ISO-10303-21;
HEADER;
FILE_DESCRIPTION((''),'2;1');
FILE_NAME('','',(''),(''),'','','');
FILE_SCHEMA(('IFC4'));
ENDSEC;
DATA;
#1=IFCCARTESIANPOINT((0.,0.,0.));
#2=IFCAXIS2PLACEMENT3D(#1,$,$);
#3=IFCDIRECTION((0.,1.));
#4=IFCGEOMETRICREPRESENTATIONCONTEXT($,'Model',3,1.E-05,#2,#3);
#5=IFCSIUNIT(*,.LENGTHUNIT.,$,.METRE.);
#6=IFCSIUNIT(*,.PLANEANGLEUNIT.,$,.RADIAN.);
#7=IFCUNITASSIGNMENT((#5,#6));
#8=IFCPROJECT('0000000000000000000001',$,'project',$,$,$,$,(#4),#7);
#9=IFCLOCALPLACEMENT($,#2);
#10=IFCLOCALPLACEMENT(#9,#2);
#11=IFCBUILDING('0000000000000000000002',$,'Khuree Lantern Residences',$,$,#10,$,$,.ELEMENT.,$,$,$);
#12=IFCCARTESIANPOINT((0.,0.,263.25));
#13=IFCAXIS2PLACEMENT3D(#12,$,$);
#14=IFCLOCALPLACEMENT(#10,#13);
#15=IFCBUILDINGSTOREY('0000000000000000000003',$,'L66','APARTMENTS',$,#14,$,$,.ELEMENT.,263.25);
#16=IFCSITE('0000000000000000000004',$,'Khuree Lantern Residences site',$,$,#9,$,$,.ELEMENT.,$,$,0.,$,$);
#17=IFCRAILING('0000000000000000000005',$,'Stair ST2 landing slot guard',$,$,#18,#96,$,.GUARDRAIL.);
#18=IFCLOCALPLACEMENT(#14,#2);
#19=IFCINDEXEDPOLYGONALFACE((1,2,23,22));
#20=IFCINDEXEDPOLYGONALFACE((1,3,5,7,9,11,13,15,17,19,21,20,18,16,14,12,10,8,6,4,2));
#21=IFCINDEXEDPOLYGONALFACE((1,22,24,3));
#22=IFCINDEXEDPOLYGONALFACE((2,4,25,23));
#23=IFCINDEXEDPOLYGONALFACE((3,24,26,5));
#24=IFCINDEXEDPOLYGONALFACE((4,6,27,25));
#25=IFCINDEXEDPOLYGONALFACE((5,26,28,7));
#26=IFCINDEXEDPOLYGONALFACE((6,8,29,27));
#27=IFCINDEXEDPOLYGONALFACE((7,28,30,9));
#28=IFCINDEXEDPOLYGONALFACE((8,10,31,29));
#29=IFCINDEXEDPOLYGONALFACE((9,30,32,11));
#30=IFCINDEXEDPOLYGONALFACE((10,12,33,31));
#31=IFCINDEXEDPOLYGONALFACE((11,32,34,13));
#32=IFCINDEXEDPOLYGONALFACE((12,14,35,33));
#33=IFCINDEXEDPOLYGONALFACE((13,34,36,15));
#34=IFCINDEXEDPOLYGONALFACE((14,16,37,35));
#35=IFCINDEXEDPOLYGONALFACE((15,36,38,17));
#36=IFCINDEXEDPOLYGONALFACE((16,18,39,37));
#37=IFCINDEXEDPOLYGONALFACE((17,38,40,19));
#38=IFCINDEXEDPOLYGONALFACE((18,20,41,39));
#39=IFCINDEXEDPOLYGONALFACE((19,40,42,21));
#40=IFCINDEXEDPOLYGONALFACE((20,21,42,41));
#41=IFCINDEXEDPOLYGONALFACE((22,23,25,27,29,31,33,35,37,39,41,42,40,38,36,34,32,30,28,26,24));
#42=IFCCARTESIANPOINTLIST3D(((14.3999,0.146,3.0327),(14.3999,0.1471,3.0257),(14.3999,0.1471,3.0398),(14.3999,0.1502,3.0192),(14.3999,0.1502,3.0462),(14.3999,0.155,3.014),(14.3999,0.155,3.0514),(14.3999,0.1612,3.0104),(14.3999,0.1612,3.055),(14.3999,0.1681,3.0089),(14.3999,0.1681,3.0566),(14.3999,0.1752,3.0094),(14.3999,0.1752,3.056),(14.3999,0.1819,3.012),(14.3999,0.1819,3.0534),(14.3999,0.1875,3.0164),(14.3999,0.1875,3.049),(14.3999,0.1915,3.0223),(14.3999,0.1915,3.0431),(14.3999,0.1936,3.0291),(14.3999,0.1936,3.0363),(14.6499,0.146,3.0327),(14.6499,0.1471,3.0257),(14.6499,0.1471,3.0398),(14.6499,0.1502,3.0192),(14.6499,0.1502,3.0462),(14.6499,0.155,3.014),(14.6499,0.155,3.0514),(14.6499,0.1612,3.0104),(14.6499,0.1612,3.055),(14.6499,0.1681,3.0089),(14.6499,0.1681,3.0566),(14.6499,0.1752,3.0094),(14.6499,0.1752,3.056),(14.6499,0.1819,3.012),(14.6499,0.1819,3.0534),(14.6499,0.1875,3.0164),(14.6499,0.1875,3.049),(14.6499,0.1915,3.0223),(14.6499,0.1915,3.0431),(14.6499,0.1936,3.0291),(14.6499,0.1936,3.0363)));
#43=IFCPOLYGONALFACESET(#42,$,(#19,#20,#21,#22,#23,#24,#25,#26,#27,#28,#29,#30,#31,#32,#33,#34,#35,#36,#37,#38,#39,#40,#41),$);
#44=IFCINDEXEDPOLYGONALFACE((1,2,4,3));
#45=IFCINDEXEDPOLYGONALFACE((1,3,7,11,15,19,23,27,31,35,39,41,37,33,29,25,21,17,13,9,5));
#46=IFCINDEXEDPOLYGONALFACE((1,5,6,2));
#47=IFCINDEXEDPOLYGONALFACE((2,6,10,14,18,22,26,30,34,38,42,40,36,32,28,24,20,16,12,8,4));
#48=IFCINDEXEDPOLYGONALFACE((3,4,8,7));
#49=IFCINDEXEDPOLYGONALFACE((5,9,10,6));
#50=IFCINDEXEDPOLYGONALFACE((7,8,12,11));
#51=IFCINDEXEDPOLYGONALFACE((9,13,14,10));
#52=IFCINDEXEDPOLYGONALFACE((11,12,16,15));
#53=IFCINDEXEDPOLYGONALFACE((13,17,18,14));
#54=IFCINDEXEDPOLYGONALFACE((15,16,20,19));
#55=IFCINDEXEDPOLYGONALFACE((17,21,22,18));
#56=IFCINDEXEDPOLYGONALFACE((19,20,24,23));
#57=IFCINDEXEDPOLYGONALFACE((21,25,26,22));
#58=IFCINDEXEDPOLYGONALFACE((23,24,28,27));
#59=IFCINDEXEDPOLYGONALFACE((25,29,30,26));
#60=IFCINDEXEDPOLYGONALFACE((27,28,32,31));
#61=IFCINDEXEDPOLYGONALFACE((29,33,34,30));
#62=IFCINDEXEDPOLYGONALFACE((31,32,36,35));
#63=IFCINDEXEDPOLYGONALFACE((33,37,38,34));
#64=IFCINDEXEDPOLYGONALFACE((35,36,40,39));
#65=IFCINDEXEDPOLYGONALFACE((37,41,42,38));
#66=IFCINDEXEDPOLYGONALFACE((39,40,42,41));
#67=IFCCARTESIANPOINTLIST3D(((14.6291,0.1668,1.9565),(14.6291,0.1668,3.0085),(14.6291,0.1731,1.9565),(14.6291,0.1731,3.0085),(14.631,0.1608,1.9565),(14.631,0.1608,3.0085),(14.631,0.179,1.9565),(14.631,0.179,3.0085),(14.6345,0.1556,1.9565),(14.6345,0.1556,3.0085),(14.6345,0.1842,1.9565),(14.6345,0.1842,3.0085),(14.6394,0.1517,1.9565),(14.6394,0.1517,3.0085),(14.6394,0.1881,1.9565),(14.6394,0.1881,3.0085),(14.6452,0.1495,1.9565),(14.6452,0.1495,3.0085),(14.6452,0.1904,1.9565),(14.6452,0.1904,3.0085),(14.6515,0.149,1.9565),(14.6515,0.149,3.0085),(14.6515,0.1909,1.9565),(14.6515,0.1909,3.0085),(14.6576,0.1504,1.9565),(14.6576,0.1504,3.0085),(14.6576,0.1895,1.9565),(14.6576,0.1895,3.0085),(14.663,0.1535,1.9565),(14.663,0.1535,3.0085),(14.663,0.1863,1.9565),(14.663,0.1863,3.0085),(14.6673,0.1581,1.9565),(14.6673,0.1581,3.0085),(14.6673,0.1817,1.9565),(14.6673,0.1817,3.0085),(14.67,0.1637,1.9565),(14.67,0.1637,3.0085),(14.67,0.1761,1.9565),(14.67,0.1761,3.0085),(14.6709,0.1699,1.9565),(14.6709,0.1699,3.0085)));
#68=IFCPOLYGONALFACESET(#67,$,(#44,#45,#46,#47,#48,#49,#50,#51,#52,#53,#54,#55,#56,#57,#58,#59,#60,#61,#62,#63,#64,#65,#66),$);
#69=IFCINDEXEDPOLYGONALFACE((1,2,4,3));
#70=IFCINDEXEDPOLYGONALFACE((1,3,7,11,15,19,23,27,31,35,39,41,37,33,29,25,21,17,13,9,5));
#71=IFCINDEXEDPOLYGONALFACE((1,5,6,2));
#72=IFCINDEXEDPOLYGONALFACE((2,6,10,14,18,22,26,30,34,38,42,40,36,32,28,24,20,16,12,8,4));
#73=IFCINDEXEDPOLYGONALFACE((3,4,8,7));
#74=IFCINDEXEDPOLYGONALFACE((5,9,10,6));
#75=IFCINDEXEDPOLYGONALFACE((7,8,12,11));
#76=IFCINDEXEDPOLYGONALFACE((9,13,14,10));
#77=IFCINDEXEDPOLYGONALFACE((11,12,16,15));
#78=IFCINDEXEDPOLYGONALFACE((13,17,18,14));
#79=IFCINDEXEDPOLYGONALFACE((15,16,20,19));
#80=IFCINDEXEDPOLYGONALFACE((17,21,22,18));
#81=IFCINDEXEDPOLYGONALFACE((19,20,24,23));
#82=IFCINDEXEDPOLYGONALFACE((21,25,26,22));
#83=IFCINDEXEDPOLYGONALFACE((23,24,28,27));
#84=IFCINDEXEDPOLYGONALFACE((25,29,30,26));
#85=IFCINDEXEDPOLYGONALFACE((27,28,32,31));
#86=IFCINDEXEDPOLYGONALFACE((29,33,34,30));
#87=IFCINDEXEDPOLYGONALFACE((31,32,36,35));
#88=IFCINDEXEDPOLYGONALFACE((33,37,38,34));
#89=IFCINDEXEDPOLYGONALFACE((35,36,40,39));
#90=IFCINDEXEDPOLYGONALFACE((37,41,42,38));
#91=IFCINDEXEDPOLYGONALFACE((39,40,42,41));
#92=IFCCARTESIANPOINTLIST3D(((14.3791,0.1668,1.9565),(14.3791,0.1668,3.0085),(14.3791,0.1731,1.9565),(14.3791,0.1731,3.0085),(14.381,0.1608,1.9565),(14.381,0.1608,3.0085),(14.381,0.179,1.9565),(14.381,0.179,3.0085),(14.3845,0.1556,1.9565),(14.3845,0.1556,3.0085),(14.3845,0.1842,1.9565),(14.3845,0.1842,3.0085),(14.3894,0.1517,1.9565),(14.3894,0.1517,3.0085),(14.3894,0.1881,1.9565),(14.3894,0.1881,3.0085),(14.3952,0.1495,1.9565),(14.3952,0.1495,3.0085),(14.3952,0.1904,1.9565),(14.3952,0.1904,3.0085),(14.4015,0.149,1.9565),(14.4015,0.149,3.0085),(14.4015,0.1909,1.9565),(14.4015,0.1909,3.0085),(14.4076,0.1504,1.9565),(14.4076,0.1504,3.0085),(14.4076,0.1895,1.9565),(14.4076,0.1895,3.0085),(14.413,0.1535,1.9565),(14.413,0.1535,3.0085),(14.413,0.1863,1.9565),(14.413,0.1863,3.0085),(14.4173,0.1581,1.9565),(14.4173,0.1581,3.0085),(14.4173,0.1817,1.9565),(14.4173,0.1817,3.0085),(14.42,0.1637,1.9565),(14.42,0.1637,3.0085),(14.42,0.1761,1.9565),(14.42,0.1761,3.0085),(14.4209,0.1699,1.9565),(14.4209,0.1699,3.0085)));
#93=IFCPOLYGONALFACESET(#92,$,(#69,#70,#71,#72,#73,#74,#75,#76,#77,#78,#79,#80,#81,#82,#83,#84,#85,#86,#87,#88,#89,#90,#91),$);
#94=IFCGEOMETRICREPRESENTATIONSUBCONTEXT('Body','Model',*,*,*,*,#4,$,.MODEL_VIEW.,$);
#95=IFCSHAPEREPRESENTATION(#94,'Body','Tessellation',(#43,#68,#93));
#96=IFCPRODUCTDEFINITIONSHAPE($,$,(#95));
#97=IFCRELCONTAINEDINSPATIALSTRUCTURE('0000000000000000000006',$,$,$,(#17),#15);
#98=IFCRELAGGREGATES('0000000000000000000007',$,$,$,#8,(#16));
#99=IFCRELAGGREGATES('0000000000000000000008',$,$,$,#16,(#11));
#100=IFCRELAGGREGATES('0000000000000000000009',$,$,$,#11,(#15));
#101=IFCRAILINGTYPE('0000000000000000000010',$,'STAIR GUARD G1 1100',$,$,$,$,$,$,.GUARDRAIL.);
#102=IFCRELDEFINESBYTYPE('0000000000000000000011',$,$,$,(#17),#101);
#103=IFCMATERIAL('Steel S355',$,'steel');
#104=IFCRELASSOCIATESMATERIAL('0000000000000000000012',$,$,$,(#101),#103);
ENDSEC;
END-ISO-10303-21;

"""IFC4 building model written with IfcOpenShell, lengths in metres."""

from ifc_helpers import new_model, si_unit, direction, frame, origin, origin_2d, place, context, subcontext, project, spatial, circle, extrude, material, type_object, element, save


model = new_model("IFC4")

# Units and contexts
model_context = context("Model", 3, precision=1e-05, world=origin(), true_north=direction((0.0, 1.0)))
body_context = subcontext(model_context, "Body", "Model", "MODEL_VIEW")
ifc_project = project(units=[si_unit("LENGTHUNIT", "METRE"), si_unit("PLANEANGLEUNIT", "RADIAN")], contexts=[model_context])

# Site, building, storey
site_placement = place(None, origin())
site = spatial("IfcSite", under=ifc_project, at=site_placement, Name="Khuree Lantern Residences site", CompositionType="ELEMENT", RefElevation=0.0)
building_placement = place(site_placement, origin())
building = spatial("IfcBuilding", under=site, at=building_placement, Name="Khuree Lantern Residences", CompositionType="ELEMENT")
storey_placement = place(building_placement, frame((0.0, 0.0, 263.25)))
storey = spatial("IfcBuildingStorey", under=building, at=storey_placement, Name="L66", Description="APARTMENTS", CompositionType="ELEMENT", Elevation=263.25)

# Railing
ifc_material_1 = material(Name="Steel S355", Category="steel")
railing_type = type_object("IfcRailingType", Name="STAIR GUARD G1 1100", PredefinedType="GUARDRAIL", material=ifc_material_1)
railing_placement = place(storey_placement, frame((14.6499, 0.1699, 1.9565)))
element("IfcRailing", 1, at=railing_placement, inside=storey, type_object=railing_type, Name="Stair ST2 landing slot guard", PredefinedType="GUARDRAIL", context=body_context, shape_type="SweptSolid", body=[
    extrude(circle(Radius=0.0239, at=origin_2d()), frame((0.0, 0.0, 1.0762), z_axis=(-1.0, 0.0, 0.0), x_axis=(0.0, -1.0, 0.0)), (0.0, 0.0, 1.0), 0.25),
    extrude(circle(Radius=0.021, at=origin_2d()), origin(), (0.0, 0.0, 1.0), 1.052),
    extrude(circle(Radius=0.021, at=origin_2d()), frame((-0.25, 0.0, 0.0)), (0.0, 0.0, 1.0), 1.052),
])

save(model, "model.ifc")
